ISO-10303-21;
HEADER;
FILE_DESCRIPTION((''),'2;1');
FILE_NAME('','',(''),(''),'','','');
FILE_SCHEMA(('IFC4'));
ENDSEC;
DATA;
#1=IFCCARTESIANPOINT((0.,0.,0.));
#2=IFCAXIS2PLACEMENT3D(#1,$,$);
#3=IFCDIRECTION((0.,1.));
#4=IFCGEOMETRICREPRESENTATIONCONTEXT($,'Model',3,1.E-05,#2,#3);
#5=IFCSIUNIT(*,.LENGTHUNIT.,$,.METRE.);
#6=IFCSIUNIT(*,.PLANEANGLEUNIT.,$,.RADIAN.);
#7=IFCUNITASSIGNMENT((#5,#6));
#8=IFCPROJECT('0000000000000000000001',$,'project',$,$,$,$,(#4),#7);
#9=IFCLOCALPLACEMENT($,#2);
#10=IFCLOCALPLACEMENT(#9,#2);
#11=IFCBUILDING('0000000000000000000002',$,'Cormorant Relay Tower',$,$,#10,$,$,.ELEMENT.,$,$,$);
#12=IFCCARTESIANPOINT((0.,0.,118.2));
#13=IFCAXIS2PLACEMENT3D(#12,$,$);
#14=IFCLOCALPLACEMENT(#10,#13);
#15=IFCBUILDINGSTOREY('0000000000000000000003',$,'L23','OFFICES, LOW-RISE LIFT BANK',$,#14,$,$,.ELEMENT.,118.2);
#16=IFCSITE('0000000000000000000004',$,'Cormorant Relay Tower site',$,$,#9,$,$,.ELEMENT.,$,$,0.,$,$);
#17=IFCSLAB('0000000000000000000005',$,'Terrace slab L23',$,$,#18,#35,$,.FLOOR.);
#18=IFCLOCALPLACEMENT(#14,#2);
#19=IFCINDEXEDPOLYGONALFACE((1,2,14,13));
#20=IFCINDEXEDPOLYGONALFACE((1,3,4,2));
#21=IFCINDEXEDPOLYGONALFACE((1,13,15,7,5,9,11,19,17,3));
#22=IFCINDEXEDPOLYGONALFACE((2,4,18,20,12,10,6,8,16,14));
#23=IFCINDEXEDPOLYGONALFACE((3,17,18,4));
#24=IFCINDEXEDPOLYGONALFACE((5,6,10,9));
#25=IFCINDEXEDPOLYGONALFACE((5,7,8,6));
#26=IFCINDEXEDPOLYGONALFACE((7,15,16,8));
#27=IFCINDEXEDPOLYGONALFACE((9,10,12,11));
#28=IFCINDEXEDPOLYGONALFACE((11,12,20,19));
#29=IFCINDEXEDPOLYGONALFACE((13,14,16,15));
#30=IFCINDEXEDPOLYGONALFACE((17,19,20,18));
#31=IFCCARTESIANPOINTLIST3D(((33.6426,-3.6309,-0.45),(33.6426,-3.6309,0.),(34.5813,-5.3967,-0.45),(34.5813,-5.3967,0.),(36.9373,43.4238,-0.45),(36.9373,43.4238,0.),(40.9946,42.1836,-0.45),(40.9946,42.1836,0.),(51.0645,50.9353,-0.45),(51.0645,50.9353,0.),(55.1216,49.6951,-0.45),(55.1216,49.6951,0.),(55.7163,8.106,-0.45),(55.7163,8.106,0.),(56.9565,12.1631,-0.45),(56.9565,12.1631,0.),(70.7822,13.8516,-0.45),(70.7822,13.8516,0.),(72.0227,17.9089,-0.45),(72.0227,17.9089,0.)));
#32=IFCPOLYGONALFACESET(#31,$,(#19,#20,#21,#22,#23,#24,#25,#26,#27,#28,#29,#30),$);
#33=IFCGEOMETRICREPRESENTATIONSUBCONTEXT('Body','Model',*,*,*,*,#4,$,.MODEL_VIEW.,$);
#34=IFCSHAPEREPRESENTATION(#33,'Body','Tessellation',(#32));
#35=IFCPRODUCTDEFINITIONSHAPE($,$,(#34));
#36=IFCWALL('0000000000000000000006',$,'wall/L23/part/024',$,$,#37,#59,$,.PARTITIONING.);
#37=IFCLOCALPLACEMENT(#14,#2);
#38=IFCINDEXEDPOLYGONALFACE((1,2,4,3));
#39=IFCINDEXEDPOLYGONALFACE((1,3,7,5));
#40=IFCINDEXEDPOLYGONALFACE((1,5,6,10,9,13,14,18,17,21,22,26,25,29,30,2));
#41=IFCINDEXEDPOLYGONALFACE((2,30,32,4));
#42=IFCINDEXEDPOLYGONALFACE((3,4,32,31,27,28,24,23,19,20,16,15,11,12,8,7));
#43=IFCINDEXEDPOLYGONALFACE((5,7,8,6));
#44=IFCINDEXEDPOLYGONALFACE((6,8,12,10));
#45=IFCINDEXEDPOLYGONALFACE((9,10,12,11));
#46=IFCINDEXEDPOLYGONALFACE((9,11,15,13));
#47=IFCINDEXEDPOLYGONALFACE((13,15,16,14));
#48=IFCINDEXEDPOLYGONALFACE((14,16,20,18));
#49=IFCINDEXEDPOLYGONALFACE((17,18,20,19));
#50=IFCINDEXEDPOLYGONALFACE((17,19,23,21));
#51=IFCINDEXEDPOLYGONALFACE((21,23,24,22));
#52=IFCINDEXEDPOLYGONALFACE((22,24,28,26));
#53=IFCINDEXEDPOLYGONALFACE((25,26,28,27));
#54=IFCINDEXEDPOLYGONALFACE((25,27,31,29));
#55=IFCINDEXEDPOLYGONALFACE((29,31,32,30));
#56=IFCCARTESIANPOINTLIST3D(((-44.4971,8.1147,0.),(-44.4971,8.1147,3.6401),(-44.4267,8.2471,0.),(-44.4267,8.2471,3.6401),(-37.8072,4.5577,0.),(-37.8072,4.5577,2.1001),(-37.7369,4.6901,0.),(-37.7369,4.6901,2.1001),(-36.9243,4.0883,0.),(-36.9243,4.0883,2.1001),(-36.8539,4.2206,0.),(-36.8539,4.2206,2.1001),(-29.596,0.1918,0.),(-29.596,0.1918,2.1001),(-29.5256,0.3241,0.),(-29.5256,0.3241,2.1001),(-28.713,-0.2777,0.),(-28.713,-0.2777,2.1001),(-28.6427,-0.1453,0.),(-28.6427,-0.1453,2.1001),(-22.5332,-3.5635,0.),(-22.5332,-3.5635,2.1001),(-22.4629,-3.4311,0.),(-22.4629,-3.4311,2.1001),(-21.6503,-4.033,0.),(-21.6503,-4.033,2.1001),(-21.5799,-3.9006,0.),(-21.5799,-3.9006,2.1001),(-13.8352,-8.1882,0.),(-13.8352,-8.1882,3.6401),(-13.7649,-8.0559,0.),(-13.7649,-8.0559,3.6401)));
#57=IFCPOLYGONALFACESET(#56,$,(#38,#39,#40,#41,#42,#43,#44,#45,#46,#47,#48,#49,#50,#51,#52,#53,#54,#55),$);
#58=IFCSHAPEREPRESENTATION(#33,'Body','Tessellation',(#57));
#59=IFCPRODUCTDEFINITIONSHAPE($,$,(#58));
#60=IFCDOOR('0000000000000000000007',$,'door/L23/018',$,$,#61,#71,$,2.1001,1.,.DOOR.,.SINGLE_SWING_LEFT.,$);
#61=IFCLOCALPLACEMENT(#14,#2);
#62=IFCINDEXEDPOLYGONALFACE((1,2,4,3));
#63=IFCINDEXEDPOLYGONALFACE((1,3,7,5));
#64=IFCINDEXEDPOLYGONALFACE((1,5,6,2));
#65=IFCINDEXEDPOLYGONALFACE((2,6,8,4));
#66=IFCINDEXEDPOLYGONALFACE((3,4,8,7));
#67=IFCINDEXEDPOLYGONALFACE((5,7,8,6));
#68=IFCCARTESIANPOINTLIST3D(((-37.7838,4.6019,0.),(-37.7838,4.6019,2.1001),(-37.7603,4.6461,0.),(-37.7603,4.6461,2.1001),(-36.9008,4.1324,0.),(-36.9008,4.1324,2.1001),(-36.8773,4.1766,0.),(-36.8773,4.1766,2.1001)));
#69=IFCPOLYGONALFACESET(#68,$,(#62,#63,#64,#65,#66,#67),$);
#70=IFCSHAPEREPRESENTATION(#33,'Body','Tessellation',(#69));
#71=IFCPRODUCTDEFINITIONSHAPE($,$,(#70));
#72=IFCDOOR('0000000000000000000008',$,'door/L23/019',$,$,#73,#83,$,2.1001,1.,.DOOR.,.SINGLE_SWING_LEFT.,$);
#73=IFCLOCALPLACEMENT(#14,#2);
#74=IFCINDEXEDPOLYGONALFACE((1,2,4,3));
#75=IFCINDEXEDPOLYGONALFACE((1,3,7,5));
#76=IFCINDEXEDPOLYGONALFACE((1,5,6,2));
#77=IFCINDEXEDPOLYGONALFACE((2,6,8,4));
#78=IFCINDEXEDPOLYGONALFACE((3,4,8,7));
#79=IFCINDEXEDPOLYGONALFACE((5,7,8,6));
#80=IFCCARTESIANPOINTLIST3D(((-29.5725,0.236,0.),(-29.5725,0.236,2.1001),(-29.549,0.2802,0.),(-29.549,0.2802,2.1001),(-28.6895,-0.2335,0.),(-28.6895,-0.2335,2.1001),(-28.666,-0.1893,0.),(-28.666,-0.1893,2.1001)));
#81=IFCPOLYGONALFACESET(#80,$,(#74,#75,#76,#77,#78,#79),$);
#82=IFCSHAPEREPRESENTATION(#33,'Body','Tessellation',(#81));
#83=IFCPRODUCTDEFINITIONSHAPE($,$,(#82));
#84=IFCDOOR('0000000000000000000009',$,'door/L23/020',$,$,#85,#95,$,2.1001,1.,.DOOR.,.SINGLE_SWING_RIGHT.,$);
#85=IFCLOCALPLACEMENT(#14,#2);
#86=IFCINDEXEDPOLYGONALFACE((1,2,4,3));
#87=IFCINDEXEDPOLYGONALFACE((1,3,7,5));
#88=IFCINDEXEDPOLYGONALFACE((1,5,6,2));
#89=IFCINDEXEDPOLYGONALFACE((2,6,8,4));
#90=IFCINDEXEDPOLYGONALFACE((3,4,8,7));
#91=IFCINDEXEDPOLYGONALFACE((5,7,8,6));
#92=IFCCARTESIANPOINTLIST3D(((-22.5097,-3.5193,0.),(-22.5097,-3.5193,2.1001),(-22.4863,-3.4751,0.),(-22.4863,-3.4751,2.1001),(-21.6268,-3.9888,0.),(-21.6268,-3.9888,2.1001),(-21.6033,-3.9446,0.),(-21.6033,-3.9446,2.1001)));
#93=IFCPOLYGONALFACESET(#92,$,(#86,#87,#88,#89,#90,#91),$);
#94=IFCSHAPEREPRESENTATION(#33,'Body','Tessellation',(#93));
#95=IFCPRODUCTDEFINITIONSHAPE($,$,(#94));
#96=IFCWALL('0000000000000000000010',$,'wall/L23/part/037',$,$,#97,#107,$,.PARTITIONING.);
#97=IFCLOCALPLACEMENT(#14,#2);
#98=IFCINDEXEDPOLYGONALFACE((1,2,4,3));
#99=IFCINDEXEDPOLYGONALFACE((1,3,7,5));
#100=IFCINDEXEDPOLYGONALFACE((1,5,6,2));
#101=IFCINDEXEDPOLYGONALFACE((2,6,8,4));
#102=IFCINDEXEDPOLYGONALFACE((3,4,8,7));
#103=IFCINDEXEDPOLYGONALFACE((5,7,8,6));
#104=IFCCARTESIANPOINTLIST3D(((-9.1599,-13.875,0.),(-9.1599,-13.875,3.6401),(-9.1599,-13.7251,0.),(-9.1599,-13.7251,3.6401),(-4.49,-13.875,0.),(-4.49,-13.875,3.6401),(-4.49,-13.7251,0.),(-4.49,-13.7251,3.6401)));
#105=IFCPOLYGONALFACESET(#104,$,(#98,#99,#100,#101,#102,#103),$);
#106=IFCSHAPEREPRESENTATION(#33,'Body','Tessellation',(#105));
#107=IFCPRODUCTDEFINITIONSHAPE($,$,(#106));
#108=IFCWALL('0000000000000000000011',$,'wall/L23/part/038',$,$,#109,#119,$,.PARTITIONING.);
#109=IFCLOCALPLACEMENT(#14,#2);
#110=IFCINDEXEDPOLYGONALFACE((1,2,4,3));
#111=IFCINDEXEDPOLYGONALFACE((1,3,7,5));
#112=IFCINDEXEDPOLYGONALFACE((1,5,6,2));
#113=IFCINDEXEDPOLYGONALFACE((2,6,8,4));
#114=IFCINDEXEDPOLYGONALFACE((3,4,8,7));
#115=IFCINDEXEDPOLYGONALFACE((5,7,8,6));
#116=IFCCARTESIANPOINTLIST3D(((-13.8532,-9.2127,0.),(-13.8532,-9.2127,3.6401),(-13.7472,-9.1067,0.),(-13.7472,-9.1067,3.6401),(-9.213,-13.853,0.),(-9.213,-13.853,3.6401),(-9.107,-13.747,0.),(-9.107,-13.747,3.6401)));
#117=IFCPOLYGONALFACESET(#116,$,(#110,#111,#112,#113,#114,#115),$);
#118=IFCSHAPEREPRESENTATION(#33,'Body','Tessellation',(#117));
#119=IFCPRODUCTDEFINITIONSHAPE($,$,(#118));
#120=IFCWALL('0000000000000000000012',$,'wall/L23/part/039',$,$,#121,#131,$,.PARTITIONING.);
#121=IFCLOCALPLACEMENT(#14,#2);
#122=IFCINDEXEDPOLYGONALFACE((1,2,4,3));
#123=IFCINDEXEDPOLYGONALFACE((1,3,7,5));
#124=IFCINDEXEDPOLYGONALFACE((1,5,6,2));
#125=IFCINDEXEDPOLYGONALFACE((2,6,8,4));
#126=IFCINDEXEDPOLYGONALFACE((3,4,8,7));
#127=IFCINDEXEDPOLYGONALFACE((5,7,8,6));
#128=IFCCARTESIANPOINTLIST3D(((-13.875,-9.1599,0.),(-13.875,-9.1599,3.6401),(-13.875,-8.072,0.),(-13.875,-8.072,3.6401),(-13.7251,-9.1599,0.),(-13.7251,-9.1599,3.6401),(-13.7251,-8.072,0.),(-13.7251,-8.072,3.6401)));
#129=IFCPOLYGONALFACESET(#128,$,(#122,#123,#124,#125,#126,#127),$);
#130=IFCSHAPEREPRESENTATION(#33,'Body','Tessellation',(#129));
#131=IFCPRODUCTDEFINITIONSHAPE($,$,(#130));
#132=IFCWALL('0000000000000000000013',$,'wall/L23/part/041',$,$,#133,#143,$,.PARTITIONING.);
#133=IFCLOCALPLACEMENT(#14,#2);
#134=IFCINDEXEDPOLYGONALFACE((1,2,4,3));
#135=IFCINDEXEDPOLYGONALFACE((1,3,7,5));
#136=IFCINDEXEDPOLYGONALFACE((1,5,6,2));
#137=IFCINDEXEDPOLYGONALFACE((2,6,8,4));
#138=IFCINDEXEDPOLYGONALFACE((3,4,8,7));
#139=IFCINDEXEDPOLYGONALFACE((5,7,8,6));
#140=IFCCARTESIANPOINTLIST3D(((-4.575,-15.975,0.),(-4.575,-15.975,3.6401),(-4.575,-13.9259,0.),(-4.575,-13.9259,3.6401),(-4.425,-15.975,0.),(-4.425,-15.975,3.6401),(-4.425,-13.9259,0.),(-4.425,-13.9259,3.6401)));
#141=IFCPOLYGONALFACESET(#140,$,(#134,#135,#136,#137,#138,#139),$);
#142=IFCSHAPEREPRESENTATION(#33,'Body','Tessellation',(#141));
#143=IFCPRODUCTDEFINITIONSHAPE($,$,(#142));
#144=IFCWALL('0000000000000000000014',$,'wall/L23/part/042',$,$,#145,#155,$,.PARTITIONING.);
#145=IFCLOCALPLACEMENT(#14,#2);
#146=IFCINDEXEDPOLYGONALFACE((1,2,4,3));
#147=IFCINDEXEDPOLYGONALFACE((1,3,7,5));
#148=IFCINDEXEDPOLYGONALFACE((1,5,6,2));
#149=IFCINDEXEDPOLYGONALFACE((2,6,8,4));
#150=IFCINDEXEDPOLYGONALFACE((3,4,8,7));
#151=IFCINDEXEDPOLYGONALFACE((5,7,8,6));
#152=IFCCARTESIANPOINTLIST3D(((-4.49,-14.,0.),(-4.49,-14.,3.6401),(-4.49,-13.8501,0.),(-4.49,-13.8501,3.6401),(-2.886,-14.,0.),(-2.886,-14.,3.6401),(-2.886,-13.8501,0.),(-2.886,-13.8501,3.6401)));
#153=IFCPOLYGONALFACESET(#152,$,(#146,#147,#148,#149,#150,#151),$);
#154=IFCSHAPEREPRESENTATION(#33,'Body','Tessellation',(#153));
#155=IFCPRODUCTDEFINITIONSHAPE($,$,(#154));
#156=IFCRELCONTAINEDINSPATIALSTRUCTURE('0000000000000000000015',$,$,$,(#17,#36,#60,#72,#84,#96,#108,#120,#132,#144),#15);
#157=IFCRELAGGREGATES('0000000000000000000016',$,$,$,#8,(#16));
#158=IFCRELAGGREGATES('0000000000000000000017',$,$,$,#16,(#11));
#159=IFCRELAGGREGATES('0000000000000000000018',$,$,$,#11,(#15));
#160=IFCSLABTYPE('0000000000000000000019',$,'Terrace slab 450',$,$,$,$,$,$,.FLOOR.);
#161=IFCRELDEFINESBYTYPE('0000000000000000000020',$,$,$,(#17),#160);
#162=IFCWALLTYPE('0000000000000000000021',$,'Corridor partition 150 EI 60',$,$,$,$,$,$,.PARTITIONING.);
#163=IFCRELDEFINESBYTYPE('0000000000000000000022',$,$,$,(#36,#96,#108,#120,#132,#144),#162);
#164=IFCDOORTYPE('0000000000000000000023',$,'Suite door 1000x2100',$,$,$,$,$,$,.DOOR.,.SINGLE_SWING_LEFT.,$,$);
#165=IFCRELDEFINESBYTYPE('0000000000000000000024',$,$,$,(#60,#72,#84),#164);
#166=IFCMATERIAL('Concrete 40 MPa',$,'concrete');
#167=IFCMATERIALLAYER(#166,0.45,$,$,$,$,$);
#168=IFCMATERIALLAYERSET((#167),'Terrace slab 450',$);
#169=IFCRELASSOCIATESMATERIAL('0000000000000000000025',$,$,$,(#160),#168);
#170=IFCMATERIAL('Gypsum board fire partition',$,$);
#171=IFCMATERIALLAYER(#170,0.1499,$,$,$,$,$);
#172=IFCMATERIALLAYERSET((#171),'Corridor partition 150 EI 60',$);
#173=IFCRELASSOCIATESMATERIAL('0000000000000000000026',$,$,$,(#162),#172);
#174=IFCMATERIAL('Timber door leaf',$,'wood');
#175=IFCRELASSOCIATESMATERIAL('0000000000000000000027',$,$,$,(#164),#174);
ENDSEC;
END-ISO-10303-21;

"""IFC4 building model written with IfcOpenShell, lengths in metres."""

from ifc_helpers import new_model, si_unit, direction, frame, frame_2d, origin, place, context, subcontext, project, spatial, polyline, rectangle, outline, extrude, material, layer, layer_set, type_object, element, fill, save


model = new_model("IFC4")

# Units and contexts
model_context = context("Model", 3, precision=1e-05, world=origin(), true_north=direction((0.0, 1.0)))
body_context = subcontext(model_context, "Body", "Model", "MODEL_VIEW")
ifc_project = project(units=[si_unit("LENGTHUNIT", "METRE"), si_unit("PLANEANGLEUNIT", "RADIAN")], contexts=[model_context])

# Site, building, storey
site_placement = place(None, origin())
site = spatial("IfcSite", under=ifc_project, at=site_placement, Name="Cormorant Relay Tower site", CompositionType="ELEMENT", RefElevation=0.0)
building_placement = place(site_placement, origin())
building = spatial("IfcBuilding", under=site, at=building_placement, Name="Cormorant Relay Tower", CompositionType="ELEMENT")
storey_placement = place(building_placement, frame((0.0, 0.0, 118.2)))
storey = spatial("IfcBuildingStorey", under=building, at=storey_placement, Name="L23", Description="OFFICES, LOW-RISE LIFT BANK", CompositionType="ELEMENT", Elevation=118.2)

# Slab
ifc_material_1 = material(Name="Concrete 40 MPa", Category="concrete")
ifc_layer_1 = layer(ifc_material_1, 0.45)
ifc_layer_set_1 = layer_set([ifc_layer_1], Name="Terrace slab 450")
slab_type_1 = type_object("IfcSlabType", Name="Terrace slab 450", PredefinedType="FLOOR", material=ifc_layer_set_1)
slab_1_placement = place(storey_placement, frame((0.0, 0.0, -0.45)))
element("IfcSlab", 1, at=slab_1_placement, inside=storey, type_object=slab_type_1, Name="Terrace slab L23", PredefinedType="FLOOR", context=body_context, shape_type="SweptSolid", body=[
    extrude(outline(polyline([(51.0645, 50.9353), (55.1216, 49.6951), (72.0227, 17.9089), (70.7822, 13.8516), (34.5813, -5.3967), (33.6426, -3.6309), (55.7163, 8.106), (56.9565, 12.1631), (40.9946, 42.1836), (36.9373, 43.4238), (51.0645, 50.9353)])), origin(), (0.0, 0.0, 1.0), 0.45),
])

# Wall, openings, doors
ifc_material_2 = material(Name="Gypsum board fire partition")
ifc_layer_2 = layer(ifc_material_2, 0.1499)
ifc_layer_set_2 = layer_set([ifc_layer_2], Name="Corridor partition 150 EI 60")
wall_type = type_object("IfcWallType", Name="Corridor partition 150 EI 60", PredefinedType="PARTITIONING", material=ifc_layer_set_2)
wall_1_placement = place(storey_placement, frame((-13.8, -8.1221, 0.0), z_axis=(0.0, 0.0, 1.0), x_axis=(-0.88295, 0.469467, 0.0)))
wall_1 = element("IfcWall", 2, at=wall_1_placement, inside=storey, type_object=wall_type, Name="wall/L23/part/024", PredefinedType="PARTITIONING", context=body_context, shape_type="SweptSolid", body=[
    extrude(rectangle(XDim=34.7266, YDim=0.1499, at=frame_2d((17.3633, 0.0))), origin(), (0.0, 0.0, 1.0), 3.6401),
])
opening_1_placement = place(wall_1_placement, frame((26.1499, 0.0, 0.0)))
opening_1 = element("IfcOpeningElement", 3, at=opening_1_placement, cuts=wall_1, PredefinedType="OPENING", context=body_context, shape_type="SweptSolid", body=[
    extrude(rectangle(XDim=1.0, YDim=2.1001, at=frame_2d((0.5, 1.05))), frame((0.0, 0.085, 0.0), z_axis=(0.0, -1.0, 0.0), x_axis=(1.0, 0.0, 0.0)), (0.0, 0.0, 1.0), 0.1699),
])
opening_2_placement = place(wall_1_placement, frame((16.8501, 0.0, 0.0)))
opening_2 = element("IfcOpeningElement", 4, at=opening_2_placement, cuts=wall_1, PredefinedType="OPENING", context=body_context, shape_type="SweptSolid", body=[
    extrude(rectangle(XDim=1.0, YDim=2.1001, at=frame_2d((0.5, 1.05))), frame((0.0, 0.085, 0.0), z_axis=(0.0, -1.0, 0.0), x_axis=(1.0, 0.0, 0.0)), (0.0, 0.0, 1.0), 0.1699),
])
opening_3_placement = place(wall_1_placement, frame((8.8511, 0.0, 0.0)))
opening_3 = element("IfcOpeningElement", 5, at=opening_3_placement, cuts=wall_1, PredefinedType="OPENING", context=body_context, shape_type="SweptSolid", body=[
    extrude(rectangle(XDim=1.0, YDim=2.1001, at=frame_2d((0.5, 1.05))), frame((0.0, 0.085, 0.0), z_axis=(0.0, -1.0, 0.0), x_axis=(1.0, 0.0, 0.0)), (0.0, 0.0, 1.0), 0.1699),
])
ifc_material_3 = material(Name="Timber door leaf", Category="wood")
door_type = type_object("IfcDoorType", Name="Suite door 1000x2100", OperationType="SINGLE_SWING_LEFT", PredefinedType="DOOR", material=ifc_material_3)
door_1_placement = place(opening_1_placement, origin())
door_1 = element("IfcDoor", 6, at=door_1_placement, inside=storey, type_object=door_type, Name="door/L23/018", OperationType="SINGLE_SWING_LEFT", OverallHeight=2.1001, OverallWidth=1.0, PredefinedType="DOOR", context=body_context, shape_type="SweptSolid", body=[
    extrude(rectangle(XDim=1.0, YDim=2.1001, at=frame_2d((0.5, 1.05))), frame((0.0, 0.0249, 0.0), z_axis=(0.0, -1.0, 0.0), x_axis=(1.0, 0.0, 0.0)), (0.0, 0.0, 1.0), 0.05),
])
fill(opening_1, door_1)
door_2_placement = place(opening_2_placement, origin())
door_2 = element("IfcDoor", 7, at=door_2_placement, inside=storey, type_object=door_type, Name="door/L23/019", OperationType="SINGLE_SWING_LEFT", OverallHeight=2.1001, OverallWidth=1.0, PredefinedType="DOOR", context=body_context, shape_type="SweptSolid", body=[
    extrude(rectangle(XDim=1.0, YDim=2.1001, at=frame_2d((0.5, 1.05))), frame((0.0, 0.0249, 0.0), z_axis=(0.0, -1.0, 0.0), x_axis=(1.0, 0.0, 0.0)), (0.0, 0.0, 1.0), 0.05),
])
fill(opening_2, door_2)
door_3_placement = place(opening_3_placement, origin())
door_3 = element("IfcDoor", 8, at=door_3_placement, inside=storey, type_object=door_type, Name="door/L23/020", OperationType="SINGLE_SWING_RIGHT", OverallHeight=2.1001, OverallWidth=1.0, PredefinedType="DOOR", context=body_context, shape_type="SweptSolid", body=[
    extrude(rectangle(XDim=1.0, YDim=2.1001, at=frame_2d((0.5, 1.05))), frame((0.0, 0.0249, 0.0), z_axis=(0.0, -1.0, 0.0), x_axis=(1.0, 0.0, 0.0)), (0.0, 0.0, 1.0), 0.05),
])
fill(opening_3, door_3)

# Walls
wall_2_placement = place(storey_placement, frame((-4.49, -13.8, 0.0), z_axis=(0.0, 0.0, 1.0), x_axis=(-1.0, 0.0, 0.0)))
element("IfcWall", 9, at=wall_2_placement, inside=storey, type_object=wall_type, Name="wall/L23/part/037", PredefinedType="PARTITIONING", context=body_context, shape_type="SweptSolid", body=[
    extrude(rectangle(XDim=4.6699, YDim=0.1499, at=frame_2d((2.335, 0.0))), origin(), (0.0, 0.0, 1.0), 3.6401),
])
wall_3_placement = place(storey_placement, frame((-9.1599, -13.8, 0.0), z_axis=(0.0, 0.0, 1.0), x_axis=(-0.707107, 0.707107, 0.0)))
element("IfcWall", 10, at=wall_3_placement, inside=storey, type_object=wall_type, Name="wall/L23/part/038", PredefinedType="PARTITIONING", context=body_context, shape_type="SweptSolid", body=[
    extrude(rectangle(XDim=6.5623, YDim=0.1499, at=frame_2d((3.2812, 0.0))), origin(), (0.0, 0.0, 1.0), 3.6401),
])
wall_4_placement = place(storey_placement, frame((-13.8, -9.1599, 0.0), z_axis=(0.0, 0.0, 1.0), x_axis=(0.0, 1.0, 0.0)))
element("IfcWall", 11, at=wall_4_placement, inside=storey, type_object=wall_type, Name="wall/L23/part/039", PredefinedType="PARTITIONING", context=body_context, shape_type="SweptSolid", body=[
    extrude(rectangle(XDim=1.0879, YDim=0.1499, at=frame_2d((0.5439, 0.0))), origin(), (0.0, 0.0, 1.0), 3.6401),
])
wall_5_placement = place(storey_placement, frame((-4.5, -13.926, 0.0), z_axis=(0.0, 0.0, 1.0), x_axis=(0.0, -1.0, 0.0)))
element("IfcWall", 12, at=wall_5_placement, inside=storey, type_object=wall_type, Name="wall/L23/part/041", PredefinedType="PARTITIONING", context=body_context, shape_type="SweptSolid", body=[
    extrude(rectangle(XDim=2.0491, YDim=0.1499, at=frame_2d((1.0244, 0.0))), origin(), (0.0, 0.0, 1.0), 3.6401),
])
wall_6_placement = place(storey_placement, frame((-4.49, -13.925, 0.0), z_axis=(0.0, 0.0, 1.0), x_axis=(1.0, 0.0, 0.0)))
element("IfcWall", 13, at=wall_6_placement, inside=storey, type_object=wall_type, Name="wall/L23/part/042", PredefinedType="PARTITIONING", context=body_context, shape_type="SweptSolid", body=[
    extrude(rectangle(XDim=1.604, YDim=0.1499, at=frame_2d((0.802, 0.0))), origin(), (0.0, 0.0, 1.0), 3.6401),
])

save(model, "model.ifc")
